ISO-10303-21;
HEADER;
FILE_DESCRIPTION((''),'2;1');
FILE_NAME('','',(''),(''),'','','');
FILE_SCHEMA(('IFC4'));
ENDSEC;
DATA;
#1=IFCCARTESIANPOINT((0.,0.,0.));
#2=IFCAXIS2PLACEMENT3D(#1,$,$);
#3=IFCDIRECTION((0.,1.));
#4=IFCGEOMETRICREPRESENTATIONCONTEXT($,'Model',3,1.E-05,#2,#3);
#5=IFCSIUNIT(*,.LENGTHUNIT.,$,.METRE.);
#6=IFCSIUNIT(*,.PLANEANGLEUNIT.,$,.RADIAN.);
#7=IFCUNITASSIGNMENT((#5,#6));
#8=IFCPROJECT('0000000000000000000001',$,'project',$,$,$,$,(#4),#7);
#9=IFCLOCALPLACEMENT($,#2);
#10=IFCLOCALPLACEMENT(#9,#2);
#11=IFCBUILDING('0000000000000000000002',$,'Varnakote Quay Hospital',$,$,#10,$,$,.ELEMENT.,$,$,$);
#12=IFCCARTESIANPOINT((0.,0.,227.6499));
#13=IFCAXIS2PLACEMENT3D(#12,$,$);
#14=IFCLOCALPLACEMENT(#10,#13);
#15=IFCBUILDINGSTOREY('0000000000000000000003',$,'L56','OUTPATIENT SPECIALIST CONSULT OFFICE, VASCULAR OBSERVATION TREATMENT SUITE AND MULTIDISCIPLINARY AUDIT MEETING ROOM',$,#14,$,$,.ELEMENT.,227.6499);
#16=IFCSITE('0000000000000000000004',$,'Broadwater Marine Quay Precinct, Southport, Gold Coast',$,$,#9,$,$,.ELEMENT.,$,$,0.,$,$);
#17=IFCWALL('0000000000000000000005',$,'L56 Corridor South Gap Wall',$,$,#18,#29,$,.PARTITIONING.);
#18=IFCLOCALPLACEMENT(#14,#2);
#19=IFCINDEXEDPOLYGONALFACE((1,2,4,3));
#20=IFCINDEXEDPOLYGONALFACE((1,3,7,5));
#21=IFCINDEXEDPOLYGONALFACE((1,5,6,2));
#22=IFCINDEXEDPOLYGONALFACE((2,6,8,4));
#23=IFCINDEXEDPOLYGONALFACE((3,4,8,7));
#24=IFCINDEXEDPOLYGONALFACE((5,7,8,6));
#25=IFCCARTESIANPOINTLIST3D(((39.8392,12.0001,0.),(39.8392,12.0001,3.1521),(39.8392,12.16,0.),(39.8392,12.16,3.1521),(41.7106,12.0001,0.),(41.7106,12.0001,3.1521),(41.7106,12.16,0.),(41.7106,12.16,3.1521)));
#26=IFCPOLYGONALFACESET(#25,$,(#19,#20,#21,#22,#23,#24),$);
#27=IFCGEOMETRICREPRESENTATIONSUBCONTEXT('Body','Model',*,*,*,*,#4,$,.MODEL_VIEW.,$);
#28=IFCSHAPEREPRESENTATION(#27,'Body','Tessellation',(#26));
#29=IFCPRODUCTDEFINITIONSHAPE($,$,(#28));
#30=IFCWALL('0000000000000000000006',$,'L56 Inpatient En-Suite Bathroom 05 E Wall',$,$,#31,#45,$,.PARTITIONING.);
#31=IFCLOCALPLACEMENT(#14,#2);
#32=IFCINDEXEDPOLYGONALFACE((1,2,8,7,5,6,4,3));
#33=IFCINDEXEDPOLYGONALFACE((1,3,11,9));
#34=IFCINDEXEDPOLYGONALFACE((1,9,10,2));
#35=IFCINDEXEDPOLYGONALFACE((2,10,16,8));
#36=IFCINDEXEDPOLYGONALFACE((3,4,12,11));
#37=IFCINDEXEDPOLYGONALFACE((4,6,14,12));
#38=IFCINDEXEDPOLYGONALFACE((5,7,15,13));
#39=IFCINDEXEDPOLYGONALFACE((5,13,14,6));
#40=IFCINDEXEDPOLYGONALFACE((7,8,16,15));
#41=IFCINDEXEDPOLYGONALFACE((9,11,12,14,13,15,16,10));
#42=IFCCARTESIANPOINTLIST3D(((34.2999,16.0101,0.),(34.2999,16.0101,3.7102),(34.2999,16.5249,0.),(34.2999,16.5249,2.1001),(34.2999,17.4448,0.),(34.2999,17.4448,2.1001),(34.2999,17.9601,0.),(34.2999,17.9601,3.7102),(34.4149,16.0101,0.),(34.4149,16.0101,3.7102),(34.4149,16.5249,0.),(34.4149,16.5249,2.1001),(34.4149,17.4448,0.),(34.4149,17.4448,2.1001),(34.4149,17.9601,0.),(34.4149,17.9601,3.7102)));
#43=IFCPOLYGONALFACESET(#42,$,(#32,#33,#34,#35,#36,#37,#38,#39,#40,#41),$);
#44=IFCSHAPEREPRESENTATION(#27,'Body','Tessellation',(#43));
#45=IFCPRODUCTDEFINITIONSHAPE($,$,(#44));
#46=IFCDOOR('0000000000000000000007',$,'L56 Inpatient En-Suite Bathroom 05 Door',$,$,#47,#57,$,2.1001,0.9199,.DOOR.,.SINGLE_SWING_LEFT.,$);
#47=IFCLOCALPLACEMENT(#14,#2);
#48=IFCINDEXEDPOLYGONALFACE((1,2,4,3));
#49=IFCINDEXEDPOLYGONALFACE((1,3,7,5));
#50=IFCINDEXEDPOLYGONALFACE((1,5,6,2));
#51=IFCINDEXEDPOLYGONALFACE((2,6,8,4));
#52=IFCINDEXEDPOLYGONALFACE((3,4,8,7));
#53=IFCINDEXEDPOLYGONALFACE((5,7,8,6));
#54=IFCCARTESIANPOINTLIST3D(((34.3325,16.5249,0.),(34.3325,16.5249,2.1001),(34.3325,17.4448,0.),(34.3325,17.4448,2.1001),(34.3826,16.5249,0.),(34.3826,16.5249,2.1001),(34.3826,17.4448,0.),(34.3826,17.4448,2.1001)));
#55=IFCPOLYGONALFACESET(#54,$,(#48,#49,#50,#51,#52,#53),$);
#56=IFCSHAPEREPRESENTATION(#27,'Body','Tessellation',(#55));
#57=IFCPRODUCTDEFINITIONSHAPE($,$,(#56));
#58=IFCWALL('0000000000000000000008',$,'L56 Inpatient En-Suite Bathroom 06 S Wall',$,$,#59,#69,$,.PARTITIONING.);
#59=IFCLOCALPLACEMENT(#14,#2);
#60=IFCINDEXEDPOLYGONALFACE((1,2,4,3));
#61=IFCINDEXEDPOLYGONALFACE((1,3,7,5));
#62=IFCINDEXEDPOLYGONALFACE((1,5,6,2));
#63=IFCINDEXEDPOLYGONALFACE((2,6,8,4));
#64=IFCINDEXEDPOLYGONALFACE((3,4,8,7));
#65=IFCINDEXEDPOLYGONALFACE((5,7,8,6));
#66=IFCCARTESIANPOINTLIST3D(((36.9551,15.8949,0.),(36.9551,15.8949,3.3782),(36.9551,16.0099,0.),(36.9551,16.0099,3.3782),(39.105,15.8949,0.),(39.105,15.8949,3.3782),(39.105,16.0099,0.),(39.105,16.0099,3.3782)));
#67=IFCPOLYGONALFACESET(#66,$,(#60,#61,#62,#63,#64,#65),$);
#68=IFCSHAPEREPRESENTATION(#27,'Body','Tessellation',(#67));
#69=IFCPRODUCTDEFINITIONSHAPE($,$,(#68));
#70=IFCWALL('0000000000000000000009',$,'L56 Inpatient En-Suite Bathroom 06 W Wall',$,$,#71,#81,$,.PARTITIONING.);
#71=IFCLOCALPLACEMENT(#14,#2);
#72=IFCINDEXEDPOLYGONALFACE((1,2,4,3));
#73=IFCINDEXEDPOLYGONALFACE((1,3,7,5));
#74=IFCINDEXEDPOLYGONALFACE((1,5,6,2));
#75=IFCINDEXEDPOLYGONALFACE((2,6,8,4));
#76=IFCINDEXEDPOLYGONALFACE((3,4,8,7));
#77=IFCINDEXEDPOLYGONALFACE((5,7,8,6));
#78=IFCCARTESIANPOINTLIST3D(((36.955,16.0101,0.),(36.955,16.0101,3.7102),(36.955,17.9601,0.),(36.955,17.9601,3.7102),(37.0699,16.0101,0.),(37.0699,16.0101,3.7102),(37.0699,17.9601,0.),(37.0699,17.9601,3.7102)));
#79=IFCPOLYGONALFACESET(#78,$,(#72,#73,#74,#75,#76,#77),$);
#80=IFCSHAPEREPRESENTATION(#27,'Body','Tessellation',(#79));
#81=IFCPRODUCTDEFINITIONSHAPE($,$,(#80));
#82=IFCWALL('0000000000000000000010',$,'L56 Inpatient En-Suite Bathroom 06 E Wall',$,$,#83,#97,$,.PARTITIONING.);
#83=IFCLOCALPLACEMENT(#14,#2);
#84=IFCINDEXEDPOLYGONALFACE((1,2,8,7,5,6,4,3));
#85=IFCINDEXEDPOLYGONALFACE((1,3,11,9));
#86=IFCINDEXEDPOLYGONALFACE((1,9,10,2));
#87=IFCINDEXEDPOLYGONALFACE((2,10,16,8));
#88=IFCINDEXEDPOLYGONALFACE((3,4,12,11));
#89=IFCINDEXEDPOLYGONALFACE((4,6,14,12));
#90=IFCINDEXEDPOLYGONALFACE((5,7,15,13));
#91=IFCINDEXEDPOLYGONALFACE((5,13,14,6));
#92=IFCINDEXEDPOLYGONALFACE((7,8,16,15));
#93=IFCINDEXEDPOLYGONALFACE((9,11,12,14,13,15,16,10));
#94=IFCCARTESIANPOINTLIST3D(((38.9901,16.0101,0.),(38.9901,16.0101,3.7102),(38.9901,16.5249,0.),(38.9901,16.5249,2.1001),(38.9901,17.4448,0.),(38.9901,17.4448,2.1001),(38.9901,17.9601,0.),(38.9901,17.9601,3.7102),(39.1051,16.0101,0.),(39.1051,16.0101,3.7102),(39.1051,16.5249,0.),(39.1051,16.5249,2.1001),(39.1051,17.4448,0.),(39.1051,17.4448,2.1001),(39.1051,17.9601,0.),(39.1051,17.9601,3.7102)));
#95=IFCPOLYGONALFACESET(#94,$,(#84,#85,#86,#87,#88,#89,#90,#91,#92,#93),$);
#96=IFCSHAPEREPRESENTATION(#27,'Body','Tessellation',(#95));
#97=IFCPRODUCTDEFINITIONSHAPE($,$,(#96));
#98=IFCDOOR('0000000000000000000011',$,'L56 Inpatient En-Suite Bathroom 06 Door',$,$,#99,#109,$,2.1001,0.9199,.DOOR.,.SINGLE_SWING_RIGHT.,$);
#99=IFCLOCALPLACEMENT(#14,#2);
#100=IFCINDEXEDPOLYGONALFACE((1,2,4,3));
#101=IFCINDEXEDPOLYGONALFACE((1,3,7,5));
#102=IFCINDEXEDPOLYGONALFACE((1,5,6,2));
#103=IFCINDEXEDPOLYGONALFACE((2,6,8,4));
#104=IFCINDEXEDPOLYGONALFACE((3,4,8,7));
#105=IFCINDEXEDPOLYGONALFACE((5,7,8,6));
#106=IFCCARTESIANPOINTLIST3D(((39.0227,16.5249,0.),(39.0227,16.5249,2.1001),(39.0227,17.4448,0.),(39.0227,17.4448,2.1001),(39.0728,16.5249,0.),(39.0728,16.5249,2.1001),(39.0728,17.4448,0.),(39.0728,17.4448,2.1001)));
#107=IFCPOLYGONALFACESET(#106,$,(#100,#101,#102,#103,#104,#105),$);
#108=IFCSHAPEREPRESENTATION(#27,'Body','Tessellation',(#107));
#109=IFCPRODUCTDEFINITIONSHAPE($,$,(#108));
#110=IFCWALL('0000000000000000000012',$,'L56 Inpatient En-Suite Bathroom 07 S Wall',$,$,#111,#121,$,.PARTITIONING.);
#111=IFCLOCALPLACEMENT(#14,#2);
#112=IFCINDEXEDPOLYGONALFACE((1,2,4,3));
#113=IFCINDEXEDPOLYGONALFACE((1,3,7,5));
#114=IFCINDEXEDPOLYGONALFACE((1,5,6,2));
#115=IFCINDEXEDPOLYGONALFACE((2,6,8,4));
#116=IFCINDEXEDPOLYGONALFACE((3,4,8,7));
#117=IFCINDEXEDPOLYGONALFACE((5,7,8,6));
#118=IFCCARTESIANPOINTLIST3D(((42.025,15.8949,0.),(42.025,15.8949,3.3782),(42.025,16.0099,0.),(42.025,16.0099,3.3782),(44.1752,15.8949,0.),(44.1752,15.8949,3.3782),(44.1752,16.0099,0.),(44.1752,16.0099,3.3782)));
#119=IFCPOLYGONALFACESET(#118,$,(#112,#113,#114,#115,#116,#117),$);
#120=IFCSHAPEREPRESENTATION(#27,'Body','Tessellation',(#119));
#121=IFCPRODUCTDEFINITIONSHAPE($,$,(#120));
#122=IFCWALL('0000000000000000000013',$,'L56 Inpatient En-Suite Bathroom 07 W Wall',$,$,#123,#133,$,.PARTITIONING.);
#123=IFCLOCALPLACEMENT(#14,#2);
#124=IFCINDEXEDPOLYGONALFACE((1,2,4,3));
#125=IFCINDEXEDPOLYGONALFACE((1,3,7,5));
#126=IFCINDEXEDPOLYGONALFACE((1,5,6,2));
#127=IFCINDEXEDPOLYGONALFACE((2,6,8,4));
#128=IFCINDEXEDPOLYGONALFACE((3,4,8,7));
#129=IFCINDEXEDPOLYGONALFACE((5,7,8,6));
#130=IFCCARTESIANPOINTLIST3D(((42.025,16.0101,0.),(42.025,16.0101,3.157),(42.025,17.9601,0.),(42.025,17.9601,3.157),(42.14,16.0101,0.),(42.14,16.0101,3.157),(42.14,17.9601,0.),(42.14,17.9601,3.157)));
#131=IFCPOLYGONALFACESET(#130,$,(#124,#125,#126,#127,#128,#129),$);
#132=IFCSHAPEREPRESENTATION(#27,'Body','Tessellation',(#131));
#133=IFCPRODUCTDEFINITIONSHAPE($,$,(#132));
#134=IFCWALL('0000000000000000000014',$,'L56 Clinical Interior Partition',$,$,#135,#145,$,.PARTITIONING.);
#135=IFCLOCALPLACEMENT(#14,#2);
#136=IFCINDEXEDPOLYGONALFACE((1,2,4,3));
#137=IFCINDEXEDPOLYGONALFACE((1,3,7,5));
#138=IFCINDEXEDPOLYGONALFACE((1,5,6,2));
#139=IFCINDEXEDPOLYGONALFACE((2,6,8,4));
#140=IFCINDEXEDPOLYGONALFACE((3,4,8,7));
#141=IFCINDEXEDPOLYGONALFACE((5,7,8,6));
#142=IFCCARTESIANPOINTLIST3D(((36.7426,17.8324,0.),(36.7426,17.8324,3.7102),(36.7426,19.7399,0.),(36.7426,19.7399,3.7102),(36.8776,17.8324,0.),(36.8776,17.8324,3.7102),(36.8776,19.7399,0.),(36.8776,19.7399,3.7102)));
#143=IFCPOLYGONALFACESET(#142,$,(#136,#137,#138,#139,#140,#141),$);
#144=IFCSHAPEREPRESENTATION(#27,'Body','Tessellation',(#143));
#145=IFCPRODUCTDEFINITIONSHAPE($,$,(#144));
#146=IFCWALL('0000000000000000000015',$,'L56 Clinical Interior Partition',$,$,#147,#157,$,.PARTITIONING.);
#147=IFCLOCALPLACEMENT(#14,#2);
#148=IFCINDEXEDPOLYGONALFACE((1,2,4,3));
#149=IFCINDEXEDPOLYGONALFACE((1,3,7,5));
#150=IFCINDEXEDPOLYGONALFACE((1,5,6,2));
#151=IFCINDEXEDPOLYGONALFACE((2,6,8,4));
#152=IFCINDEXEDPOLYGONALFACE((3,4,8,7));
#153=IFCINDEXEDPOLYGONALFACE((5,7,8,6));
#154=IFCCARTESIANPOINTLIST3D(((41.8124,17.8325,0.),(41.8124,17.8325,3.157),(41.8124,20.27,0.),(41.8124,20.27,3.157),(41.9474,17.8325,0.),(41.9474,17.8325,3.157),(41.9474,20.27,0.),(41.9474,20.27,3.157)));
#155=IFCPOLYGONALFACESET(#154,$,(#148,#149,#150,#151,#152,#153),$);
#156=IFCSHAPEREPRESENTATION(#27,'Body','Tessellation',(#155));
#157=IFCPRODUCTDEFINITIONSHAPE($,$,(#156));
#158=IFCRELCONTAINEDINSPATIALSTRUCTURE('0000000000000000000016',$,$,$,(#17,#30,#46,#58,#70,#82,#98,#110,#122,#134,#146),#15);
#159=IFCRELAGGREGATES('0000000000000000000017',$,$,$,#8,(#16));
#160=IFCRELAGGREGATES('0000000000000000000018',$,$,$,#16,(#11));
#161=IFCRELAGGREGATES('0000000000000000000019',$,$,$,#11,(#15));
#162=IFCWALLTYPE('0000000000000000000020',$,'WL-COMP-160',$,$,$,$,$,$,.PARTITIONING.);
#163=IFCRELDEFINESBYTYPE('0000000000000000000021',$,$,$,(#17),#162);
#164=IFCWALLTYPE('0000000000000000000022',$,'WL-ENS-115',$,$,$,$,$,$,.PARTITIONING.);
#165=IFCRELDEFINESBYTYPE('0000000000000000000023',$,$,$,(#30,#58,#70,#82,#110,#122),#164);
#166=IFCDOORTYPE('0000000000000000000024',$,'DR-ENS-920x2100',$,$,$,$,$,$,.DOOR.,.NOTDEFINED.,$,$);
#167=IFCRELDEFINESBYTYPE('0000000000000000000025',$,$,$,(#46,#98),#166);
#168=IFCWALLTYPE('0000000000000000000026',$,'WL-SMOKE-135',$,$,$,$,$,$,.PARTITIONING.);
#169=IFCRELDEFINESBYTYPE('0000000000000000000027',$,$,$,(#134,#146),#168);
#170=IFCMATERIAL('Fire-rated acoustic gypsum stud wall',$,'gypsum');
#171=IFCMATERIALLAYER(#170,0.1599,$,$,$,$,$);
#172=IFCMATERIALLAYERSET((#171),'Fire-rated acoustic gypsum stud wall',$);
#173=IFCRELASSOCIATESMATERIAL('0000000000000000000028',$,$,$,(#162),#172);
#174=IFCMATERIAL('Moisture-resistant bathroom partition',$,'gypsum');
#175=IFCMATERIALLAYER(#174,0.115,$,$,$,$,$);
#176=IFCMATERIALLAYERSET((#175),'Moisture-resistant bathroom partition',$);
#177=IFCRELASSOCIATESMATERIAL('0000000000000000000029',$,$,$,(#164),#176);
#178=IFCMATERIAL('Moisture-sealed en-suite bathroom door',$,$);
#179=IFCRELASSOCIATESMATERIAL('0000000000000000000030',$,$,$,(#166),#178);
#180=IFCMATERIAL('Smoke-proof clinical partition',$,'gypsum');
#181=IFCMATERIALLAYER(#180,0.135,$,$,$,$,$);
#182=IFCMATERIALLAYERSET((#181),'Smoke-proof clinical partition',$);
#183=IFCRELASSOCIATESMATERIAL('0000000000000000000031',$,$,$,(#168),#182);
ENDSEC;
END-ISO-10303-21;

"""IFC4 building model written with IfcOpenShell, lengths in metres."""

from ifc_helpers import new_model, si_unit, direction, frame, frame_2d, origin, place, context, subcontext, project, spatial, rectangle, extrude, material, layer, layer_set, type_object, element, fill, save


model = new_model("IFC4")

# Units and contexts
model_context = context("Model", 3, precision=1e-05, world=origin(), true_north=direction((0.0, 1.0)))
body_context = subcontext(model_context, "Body", "Model", "MODEL_VIEW")
ifc_project = project(units=[si_unit("LENGTHUNIT", "METRE"), si_unit("PLANEANGLEUNIT", "RADIAN")], contexts=[model_context])

# Site, building, storey
site_placement = place(None, origin())
site = spatial("IfcSite", under=ifc_project, at=site_placement, Name="Broadwater Marine Quay Precinct, Southport, Gold Coast", CompositionType="ELEMENT", RefElevation=0.0)
building_placement = place(site_placement, origin())
building = spatial("IfcBuilding", under=site, at=building_placement, Name="Varnakote Quay Hospital", CompositionType="ELEMENT")
storey_placement = place(building_placement, frame((0.0, 0.0, 227.6499)))
storey = spatial("IfcBuildingStorey", under=building, at=storey_placement, Name="L56", Description="OUTPATIENT SPECIALIST CONSULT OFFICE, VASCULAR OBSERVATION TREATMENT SUITE AND MULTIDISCIPLINARY AUDIT MEETING ROOM", CompositionType="ELEMENT", Elevation=227.6499)

# Wall
ifc_material_1 = material(Name="Fire-rated acoustic gypsum stud wall", Category="gypsum")
ifc_layer_1 = layer(ifc_material_1, 0.1599)
ifc_layer_set_1 = layer_set([ifc_layer_1], Name="Fire-rated acoustic gypsum stud wall")
wall_type_1 = type_object("IfcWallType", Name="WL-COMP-160", PredefinedType="PARTITIONING", material=ifc_layer_set_1)
wall_1_placement = place(storey_placement, frame((39.8394, 12.0801, 0.0), z_axis=(0.0, 0.0, 1.0), x_axis=(1.0, 0.0, 0.0)))
element("IfcWall", 1, at=wall_1_placement, inside=storey, type_object=wall_type_1, Name="L56 Corridor South Gap Wall", PredefinedType="PARTITIONING", context=body_context, shape_type="SweptSolid", body=[
    extrude(rectangle(XDim=1.8713, YDim=0.1599, at=frame_2d((0.9355, 0.0))), origin(), (0.0, 0.0, 1.0), 3.1521),
])

# Wall, opening, door
ifc_material_2 = material(Name="Moisture-resistant bathroom partition", Category="gypsum")
ifc_layer_2 = layer(ifc_material_2, 0.115)
ifc_layer_set_2 = layer_set([ifc_layer_2], Name="Moisture-resistant bathroom partition")
wall_type_2 = type_object("IfcWallType", Name="WL-ENS-115", PredefinedType="PARTITIONING", material=ifc_layer_set_2)
wall_2_placement = place(storey_placement, frame((34.3574, 16.01, 0.0), z_axis=(0.0, 0.0, 1.0), x_axis=(0.0, 1.0, 0.0)))
wall_2 = element("IfcWall", 2, at=wall_2_placement, inside=storey, type_object=wall_type_2, Name="L56 Inpatient En-Suite Bathroom 05 E Wall", PredefinedType="PARTITIONING", context=body_context, shape_type="SweptSolid", body=[
    extrude(rectangle(XDim=1.95, YDim=0.115, at=frame_2d((0.9751, 0.0))), origin(), (0.0, 0.0, 1.0), 3.7102),
])
opening_1_placement = place(wall_2_placement, frame((0.5149, 0.0, 0.0)))
opening_1 = element("IfcOpeningElement", 3, at=opening_1_placement, cuts=wall_2, PredefinedType="OPENING", context=body_context, shape_type="SweptSolid", body=[
    extrude(rectangle(XDim=0.9199, YDim=2.1001, at=frame_2d((0.46, 1.05))), frame((0.0, 0.0674, 0.0), z_axis=(0.0, -1.0, 0.0), x_axis=(1.0, 0.0, 0.0)), (0.0, 0.0, 1.0), 0.135),
])
ifc_material_3 = material(Name="Moisture-sealed en-suite bathroom door")
door_type_1 = type_object("IfcDoorType", Name="DR-ENS-920x2100", OperationType="NOTDEFINED", PredefinedType="DOOR", material=ifc_material_3)
door_1_placement = place(opening_1_placement, origin())
door_1 = element("IfcDoor", 4, at=door_1_placement, inside=storey, type_object=door_type_1, Name="L56 Inpatient En-Suite Bathroom 05 Door", OperationType="SINGLE_SWING_LEFT", OverallHeight=2.1001, OverallWidth=0.9199, PredefinedType="DOOR", context=body_context, shape_type="SweptSolid", body=[
    extrude(rectangle(XDim=0.9199, YDim=2.1001, at=frame_2d((0.46, 1.05))), frame((0.0, 0.0249, 0.0), z_axis=(0.0, -1.0, 0.0), x_axis=(1.0, 0.0, 0.0)), (0.0, 0.0, 1.0), 0.05),
])
fill(opening_1, door_1)

# Walls
wall_3_placement = place(storey_placement, frame((36.9551, 15.9524, 0.0), z_axis=(0.0, 0.0, 1.0), x_axis=(1.0, 0.0, 0.0)))
element("IfcWall", 5, at=wall_3_placement, inside=storey, type_object=wall_type_2, Name="L56 Inpatient En-Suite Bathroom 06 S Wall", PredefinedType="PARTITIONING", context=body_context, shape_type="SweptSolid", body=[
    extrude(rectangle(XDim=2.1499, YDim=0.115, at=frame_2d((1.075, 0.0))), origin(), (0.0, 0.0, 1.0), 3.3782),
])
wall_4_placement = place(storey_placement, frame((37.0125, 16.01, 0.0), z_axis=(0.0, 0.0, 1.0), x_axis=(0.0, 1.0, 0.0)))
element("IfcWall", 6, at=wall_4_placement, inside=storey, type_object=wall_type_2, Name="L56 Inpatient En-Suite Bathroom 06 W Wall", PredefinedType="PARTITIONING", context=body_context, shape_type="SweptSolid", body=[
    extrude(rectangle(XDim=1.95, YDim=0.115, at=frame_2d((0.9751, 0.0))), origin(), (0.0, 0.0, 1.0), 3.7102),
])

# Wall, opening, door
wall_5_placement = place(storey_placement, frame((39.0476, 16.01, 0.0), z_axis=(0.0, 0.0, 1.0), x_axis=(0.0, 1.0, 0.0)))
wall_5 = element("IfcWall", 7, at=wall_5_placement, inside=storey, type_object=wall_type_2, Name="L56 Inpatient En-Suite Bathroom 06 E Wall", PredefinedType="PARTITIONING", context=body_context, shape_type="SweptSolid", body=[
    extrude(rectangle(XDim=1.95, YDim=0.115, at=frame_2d((0.9751, 0.0))), origin(), (0.0, 0.0, 1.0), 3.7102),
])
opening_2_placement = place(wall_5_placement, frame((0.5149, 0.0, 0.0)))
opening_2 = element("IfcOpeningElement", 8, at=opening_2_placement, cuts=wall_5, PredefinedType="OPENING", context=body_context, shape_type="SweptSolid", body=[
    extrude(rectangle(XDim=0.9199, YDim=2.1001, at=frame_2d((0.46, 1.05))), frame((0.0, 0.0674, 0.0), z_axis=(0.0, -1.0, 0.0), x_axis=(1.0, 0.0, 0.0)), (0.0, 0.0, 1.0), 0.135),
])
door_2_placement = place(opening_2_placement, origin())
door_2 = element("IfcDoor", 9, at=door_2_placement, inside=storey, type_object=door_type_1, Name="L56 Inpatient En-Suite Bathroom 06 Door", OperationType="SINGLE_SWING_RIGHT", OverallHeight=2.1001, OverallWidth=0.9199, PredefinedType="DOOR", context=body_context, shape_type="SweptSolid", body=[
    extrude(rectangle(XDim=0.9199, YDim=2.1001, at=frame_2d((0.46, 1.05))), frame((0.0, 0.0249, 0.0), z_axis=(0.0, -1.0, 0.0), x_axis=(1.0, 0.0, 0.0)), (0.0, 0.0, 1.0), 0.05),
])
fill(opening_2, door_2)

# Walls
wall_6_placement = place(storey_placement, frame((42.0249, 15.9524, 0.0), z_axis=(0.0, 0.0, 1.0), x_axis=(1.0, 0.0, 0.0)))
element("IfcWall", 10, at=wall_6_placement, inside=storey, type_object=wall_type_2, Name="L56 Inpatient En-Suite Bathroom 07 S Wall", PredefinedType="PARTITIONING", context=body_context, shape_type="SweptSolid", body=[
    extrude(rectangle(XDim=2.1501, YDim=0.115, at=frame_2d((1.0752, 0.0))), origin(), (0.0, 0.0, 1.0), 3.3782),
])
wall_7_placement = place(storey_placement, frame((42.0825, 16.01, 0.0), z_axis=(0.0, 0.0, 1.0), x_axis=(0.0, 1.0, 0.0)))
element("IfcWall", 11, at=wall_7_placement, inside=storey, type_object=wall_type_2, Name="L56 Inpatient En-Suite Bathroom 07 W Wall", PredefinedType="PARTITIONING", context=body_context, shape_type="SweptSolid", body=[
    extrude(rectangle(XDim=1.95, YDim=0.115, at=frame_2d((0.9751, 0.0))), origin(), (0.0, 0.0, 1.0), 3.157),
])
ifc_material_4 = material(Name="Smoke-proof clinical partition", Category="gypsum")
ifc_layer_3 = layer(ifc_material_4, 0.135)
ifc_layer_set_3 = layer_set([ifc_layer_3], Name="Smoke-proof clinical partition")
wall_type_3 = type_object("IfcWallType", Name="WL-SMOKE-135", PredefinedType="PARTITIONING", material=ifc_layer_set_3)
wall_8_placement = place(storey_placement, frame((36.8101, 17.8325, 0.0), z_axis=(0.0, 0.0, 1.0), x_axis=(0.0, 1.0, 0.0)))
element("IfcWall", 12, at=wall_8_placement, inside=storey, type_object=wall_type_3, Name="L56 Clinical Interior Partition", PredefinedType="PARTITIONING", context=body_context, shape_type="SweptSolid", body=[
    extrude(rectangle(XDim=1.9075, YDim=0.135, at=frame_2d((0.9536, 0.0))), origin(), (0.0, 0.0, 1.0), 3.7102),
])
wall_9_placement = place(storey_placement, frame((41.8799, 17.8325, 0.0), z_axis=(0.0, 0.0, 1.0), x_axis=(0.0, 1.0, 0.0)))
element("IfcWall", 13, at=wall_9_placement, inside=storey, type_object=wall_type_3, Name="L56 Clinical Interior Partition", PredefinedType="PARTITIONING", context=body_context, shape_type="SweptSolid", body=[
    extrude(rectangle(XDim=2.4375, YDim=0.135, at=frame_2d((1.2188, 0.0))), origin(), (0.0, 0.0, 1.0), 3.157),
])

save(model, "model.ifc")
